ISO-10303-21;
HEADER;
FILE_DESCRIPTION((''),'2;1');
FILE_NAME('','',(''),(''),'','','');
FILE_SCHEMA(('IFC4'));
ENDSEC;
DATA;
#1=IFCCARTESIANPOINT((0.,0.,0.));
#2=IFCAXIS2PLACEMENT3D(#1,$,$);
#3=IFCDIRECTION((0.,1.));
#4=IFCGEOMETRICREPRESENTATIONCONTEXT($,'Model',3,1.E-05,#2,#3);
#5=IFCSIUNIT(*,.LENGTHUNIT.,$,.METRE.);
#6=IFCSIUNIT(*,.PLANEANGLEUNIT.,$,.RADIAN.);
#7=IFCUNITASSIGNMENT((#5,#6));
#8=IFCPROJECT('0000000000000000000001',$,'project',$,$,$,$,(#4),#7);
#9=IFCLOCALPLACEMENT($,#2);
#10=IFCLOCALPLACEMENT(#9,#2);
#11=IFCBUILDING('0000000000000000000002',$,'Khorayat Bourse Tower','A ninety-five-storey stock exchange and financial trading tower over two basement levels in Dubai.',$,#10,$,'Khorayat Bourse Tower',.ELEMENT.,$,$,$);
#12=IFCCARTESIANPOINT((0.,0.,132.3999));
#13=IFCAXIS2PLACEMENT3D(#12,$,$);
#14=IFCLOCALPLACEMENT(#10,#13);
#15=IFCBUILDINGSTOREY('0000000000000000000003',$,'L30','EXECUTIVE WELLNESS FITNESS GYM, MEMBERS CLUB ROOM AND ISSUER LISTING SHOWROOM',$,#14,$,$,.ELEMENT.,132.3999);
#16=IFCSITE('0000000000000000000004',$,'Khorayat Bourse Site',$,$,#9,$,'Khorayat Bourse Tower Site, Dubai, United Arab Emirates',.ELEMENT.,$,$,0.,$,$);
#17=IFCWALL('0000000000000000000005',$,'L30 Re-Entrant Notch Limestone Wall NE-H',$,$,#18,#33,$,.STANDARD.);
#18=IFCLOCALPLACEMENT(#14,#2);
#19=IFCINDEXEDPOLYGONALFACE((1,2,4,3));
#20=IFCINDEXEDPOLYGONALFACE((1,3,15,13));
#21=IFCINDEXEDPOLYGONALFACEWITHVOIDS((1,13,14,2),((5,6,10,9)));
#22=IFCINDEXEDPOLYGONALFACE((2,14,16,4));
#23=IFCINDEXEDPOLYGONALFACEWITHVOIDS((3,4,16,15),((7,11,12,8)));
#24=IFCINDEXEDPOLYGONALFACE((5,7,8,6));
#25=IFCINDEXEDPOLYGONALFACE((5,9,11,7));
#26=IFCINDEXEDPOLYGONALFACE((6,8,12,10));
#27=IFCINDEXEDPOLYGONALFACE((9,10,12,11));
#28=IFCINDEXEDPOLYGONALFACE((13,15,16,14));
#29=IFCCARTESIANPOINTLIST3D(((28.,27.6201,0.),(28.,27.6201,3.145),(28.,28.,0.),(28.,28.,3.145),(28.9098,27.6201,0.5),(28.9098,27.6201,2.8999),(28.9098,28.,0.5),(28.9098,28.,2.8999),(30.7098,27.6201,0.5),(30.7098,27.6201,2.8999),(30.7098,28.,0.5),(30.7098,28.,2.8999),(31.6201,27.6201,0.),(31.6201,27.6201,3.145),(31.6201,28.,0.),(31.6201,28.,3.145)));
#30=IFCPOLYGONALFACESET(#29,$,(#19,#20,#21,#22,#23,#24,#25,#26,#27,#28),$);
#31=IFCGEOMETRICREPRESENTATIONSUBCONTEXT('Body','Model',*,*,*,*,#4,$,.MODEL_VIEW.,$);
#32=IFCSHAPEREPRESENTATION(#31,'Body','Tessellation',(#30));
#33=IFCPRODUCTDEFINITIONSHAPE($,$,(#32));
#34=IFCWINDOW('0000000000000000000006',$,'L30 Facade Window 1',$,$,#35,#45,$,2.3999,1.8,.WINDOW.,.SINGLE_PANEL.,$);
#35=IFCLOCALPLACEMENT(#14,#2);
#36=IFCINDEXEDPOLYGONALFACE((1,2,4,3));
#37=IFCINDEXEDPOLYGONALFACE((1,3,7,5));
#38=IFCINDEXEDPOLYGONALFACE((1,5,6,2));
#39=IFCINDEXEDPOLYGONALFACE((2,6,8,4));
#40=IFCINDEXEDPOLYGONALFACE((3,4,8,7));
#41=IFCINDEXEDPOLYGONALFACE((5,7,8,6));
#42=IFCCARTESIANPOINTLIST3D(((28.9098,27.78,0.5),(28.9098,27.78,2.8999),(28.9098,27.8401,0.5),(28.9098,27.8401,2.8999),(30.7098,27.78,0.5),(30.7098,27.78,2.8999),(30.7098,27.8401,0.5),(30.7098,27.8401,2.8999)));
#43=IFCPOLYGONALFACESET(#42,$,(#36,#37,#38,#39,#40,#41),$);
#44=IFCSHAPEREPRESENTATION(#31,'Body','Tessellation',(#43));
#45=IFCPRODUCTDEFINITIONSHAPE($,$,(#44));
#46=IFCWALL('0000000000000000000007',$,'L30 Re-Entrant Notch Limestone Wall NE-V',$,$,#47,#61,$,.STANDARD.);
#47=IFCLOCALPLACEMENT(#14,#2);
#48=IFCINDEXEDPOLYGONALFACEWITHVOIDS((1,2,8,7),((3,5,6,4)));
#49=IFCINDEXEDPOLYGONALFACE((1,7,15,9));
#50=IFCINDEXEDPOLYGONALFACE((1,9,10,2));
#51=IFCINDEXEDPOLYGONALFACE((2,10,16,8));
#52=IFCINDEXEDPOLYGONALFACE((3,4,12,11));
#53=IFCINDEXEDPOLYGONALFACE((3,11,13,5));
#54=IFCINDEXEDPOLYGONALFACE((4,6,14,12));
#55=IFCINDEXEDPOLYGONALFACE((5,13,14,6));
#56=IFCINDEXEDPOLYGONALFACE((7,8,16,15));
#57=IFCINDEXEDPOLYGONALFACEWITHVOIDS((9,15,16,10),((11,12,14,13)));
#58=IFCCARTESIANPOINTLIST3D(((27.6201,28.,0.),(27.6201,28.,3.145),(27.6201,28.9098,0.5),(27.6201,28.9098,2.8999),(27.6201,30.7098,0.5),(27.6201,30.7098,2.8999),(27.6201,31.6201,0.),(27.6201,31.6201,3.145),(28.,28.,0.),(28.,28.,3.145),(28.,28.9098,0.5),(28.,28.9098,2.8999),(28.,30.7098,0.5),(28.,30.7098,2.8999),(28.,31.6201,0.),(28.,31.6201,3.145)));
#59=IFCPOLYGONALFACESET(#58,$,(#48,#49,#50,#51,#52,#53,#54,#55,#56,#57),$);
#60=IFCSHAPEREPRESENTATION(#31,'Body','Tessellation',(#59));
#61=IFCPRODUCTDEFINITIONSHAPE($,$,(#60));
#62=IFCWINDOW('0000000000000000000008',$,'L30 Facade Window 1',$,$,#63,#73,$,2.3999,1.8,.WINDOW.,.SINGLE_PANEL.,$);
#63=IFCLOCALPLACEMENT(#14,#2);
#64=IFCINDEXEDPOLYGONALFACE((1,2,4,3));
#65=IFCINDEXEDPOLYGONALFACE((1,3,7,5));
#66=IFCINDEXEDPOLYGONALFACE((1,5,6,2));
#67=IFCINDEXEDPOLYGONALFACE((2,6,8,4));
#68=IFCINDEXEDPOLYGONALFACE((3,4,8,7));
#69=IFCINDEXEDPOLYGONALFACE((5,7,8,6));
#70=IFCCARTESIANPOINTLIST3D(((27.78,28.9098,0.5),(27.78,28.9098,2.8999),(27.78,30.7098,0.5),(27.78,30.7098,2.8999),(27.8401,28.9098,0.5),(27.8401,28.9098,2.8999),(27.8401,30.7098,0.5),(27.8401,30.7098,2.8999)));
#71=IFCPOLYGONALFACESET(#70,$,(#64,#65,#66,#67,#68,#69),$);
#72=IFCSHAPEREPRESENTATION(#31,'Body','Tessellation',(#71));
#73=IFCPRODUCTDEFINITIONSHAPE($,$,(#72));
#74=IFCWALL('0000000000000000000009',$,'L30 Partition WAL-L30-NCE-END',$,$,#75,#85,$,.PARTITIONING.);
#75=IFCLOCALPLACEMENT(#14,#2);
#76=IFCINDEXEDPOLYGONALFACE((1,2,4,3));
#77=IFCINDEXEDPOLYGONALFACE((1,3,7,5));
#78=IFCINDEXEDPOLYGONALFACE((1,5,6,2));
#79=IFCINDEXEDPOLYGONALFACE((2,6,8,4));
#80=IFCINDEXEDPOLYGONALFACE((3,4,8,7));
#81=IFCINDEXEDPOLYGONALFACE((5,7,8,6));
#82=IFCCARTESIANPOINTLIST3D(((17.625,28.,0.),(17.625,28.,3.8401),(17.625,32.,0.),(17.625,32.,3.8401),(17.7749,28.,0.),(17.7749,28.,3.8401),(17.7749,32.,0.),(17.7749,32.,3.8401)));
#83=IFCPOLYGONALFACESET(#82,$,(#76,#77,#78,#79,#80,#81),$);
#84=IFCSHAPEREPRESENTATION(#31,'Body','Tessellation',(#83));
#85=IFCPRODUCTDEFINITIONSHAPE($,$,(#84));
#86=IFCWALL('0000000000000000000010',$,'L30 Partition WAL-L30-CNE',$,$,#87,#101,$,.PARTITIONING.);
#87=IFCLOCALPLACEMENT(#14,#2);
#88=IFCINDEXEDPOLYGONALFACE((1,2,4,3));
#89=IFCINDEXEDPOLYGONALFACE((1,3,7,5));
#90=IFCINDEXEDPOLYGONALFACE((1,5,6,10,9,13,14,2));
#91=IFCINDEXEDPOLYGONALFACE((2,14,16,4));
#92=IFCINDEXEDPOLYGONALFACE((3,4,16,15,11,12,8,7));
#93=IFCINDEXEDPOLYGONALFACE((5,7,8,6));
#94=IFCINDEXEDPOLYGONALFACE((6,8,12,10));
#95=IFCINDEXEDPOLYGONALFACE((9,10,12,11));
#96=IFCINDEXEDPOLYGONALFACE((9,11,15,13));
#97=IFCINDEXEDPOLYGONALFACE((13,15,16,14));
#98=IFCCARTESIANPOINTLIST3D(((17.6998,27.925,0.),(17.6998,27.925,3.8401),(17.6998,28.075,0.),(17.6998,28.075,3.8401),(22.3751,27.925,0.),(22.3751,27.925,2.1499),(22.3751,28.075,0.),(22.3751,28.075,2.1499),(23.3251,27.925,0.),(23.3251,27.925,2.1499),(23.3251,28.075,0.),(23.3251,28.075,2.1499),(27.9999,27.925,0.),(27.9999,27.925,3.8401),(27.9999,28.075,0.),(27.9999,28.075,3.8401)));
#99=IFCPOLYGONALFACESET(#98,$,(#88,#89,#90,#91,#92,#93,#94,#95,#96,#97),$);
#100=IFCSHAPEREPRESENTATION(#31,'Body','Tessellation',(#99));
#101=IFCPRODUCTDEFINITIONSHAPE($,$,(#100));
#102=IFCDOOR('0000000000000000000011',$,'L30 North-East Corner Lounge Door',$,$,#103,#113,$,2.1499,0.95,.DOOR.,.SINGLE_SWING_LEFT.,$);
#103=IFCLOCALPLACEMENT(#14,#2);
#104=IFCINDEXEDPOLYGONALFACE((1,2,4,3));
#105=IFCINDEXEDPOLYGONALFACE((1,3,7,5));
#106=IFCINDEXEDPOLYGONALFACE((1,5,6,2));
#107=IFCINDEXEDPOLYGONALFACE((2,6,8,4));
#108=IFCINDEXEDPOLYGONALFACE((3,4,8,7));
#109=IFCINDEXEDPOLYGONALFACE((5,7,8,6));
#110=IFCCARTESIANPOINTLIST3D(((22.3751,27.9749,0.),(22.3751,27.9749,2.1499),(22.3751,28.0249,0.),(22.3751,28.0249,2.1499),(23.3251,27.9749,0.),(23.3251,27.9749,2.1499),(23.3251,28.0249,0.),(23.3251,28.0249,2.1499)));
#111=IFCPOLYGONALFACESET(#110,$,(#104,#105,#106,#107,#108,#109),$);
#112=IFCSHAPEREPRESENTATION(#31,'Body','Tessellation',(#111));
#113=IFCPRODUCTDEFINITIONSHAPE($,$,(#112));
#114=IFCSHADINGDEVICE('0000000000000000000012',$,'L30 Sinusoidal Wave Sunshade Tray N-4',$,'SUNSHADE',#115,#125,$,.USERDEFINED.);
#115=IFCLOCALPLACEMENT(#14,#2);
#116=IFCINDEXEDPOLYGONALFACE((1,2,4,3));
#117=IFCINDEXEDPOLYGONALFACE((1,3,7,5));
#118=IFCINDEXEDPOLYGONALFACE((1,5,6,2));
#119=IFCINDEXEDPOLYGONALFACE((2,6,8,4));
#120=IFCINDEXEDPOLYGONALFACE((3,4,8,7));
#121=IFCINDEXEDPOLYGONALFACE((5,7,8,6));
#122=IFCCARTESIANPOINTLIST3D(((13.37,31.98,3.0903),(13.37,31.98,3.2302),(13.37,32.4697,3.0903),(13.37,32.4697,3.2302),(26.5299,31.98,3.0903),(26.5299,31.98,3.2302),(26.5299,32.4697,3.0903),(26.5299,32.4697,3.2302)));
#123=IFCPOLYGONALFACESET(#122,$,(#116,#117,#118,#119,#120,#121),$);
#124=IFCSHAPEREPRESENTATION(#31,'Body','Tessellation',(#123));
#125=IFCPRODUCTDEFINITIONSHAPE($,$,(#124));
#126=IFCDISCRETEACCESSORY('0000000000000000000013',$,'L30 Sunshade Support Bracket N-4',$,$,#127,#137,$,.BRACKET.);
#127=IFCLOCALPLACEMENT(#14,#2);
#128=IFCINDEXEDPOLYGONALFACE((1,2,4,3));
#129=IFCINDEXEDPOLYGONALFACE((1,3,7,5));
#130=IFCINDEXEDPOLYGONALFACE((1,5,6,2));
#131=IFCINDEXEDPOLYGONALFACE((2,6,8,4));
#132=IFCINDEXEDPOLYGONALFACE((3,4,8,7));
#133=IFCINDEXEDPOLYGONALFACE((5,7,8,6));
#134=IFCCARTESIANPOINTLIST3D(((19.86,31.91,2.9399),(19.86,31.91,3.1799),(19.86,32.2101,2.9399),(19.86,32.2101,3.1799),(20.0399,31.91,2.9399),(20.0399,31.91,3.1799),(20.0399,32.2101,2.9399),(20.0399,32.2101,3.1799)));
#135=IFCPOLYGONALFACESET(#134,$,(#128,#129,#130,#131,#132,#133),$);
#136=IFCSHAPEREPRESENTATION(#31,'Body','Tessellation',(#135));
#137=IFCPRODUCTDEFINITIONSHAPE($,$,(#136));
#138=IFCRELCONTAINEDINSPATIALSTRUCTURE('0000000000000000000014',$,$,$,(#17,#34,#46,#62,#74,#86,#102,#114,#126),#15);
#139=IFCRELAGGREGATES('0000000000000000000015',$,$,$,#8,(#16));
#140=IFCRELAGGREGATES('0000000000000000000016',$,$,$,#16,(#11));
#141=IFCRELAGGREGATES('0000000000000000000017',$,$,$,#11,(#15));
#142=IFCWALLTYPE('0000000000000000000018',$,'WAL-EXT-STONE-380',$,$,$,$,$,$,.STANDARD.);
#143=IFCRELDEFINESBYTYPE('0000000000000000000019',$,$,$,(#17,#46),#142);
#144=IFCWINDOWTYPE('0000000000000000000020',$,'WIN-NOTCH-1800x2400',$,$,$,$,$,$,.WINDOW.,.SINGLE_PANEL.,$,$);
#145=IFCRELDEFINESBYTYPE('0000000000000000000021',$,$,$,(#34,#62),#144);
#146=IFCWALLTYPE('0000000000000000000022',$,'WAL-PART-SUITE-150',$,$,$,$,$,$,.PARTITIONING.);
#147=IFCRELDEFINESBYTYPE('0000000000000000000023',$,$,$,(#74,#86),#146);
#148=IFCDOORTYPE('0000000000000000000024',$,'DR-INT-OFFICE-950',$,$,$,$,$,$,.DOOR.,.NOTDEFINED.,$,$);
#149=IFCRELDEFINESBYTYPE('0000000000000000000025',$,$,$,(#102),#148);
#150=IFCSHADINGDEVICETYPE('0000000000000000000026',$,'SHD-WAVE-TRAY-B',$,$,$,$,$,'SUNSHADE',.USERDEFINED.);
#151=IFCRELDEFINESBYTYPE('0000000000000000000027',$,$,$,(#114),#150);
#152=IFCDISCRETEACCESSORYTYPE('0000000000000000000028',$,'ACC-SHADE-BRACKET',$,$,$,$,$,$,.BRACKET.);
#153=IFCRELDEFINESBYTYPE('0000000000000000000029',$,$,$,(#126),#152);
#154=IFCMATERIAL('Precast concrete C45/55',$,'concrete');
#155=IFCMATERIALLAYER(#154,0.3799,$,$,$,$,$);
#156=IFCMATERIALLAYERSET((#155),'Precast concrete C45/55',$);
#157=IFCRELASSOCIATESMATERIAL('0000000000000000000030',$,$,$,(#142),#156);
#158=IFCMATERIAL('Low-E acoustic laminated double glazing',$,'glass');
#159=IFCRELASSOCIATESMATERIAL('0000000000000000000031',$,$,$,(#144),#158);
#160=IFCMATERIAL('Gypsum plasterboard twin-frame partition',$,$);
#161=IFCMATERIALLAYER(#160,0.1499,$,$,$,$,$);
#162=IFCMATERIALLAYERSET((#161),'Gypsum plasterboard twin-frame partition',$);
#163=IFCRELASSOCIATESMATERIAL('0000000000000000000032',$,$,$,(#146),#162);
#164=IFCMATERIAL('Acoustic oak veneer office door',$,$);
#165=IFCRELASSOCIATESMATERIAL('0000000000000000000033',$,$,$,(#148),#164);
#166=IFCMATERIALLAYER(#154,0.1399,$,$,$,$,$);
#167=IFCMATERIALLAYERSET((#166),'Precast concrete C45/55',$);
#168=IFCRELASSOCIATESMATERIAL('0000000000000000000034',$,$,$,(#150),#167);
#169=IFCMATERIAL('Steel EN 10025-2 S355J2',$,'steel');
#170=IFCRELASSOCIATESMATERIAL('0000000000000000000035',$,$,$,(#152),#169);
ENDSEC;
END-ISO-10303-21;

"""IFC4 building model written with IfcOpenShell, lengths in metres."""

from ifc_helpers import new_model, si_unit, direction, frame, frame_2d, origin, origin_2d, place, context, subcontext, project, spatial, rectangle, extrude, source, transform, mapped, material, layer, layer_set, type_object, element, fill, save


model = new_model("IFC4")

# Units and contexts
model_context = context("Model", 3, precision=1e-05, world=origin(), true_north=direction((0.0, 1.0)))
body_context = subcontext(model_context, "Body", "Model", "MODEL_VIEW")
ifc_project = project(units=[si_unit("LENGTHUNIT", "METRE"), si_unit("PLANEANGLEUNIT", "RADIAN")], contexts=[model_context])

# Site, building, storey
site_placement = place(None, origin())
site = spatial("IfcSite", under=ifc_project, at=site_placement, Name="Khorayat Bourse Site", LongName="Khorayat Bourse Tower Site, Dubai, United Arab Emirates", CompositionType="ELEMENT", RefElevation=0.0)
building_placement = place(site_placement, origin())
building = spatial("IfcBuilding", under=site, at=building_placement, Name="Khorayat Bourse Tower", Description="A ninety-five-storey stock exchange and financial trading tower over two basement levels in Dubai.", LongName="Khorayat Bourse Tower", CompositionType="ELEMENT")
storey_placement = place(building_placement, frame((0.0, 0.0, 132.3999)))
storey = spatial("IfcBuildingStorey", under=building, at=storey_placement, Name="L30", Description="EXECUTIVE WELLNESS FITNESS GYM, MEMBERS CLUB ROOM AND ISSUER LISTING SHOWROOM", CompositionType="ELEMENT", Elevation=132.3999)

# Shared definitions
ifc_material_1 = material(Name="Steel EN 10025-2 S355J2", Category="steel")

# Walls, openings, windows
ifc_material_2 = material(Name="Precast concrete C45/55", Category="concrete")
ifc_layer_1 = layer(ifc_material_2, 0.3799)
ifc_layer_set_1 = layer_set([ifc_layer_1], Name="Precast concrete C45/55")
wall_type_1 = type_object("IfcWallType", Name="WAL-EXT-STONE-380", PredefinedType="STANDARD", material=ifc_layer_set_1)
shared_shape_1 = source(origin(), body_context, "Body", "SweptSolid", [
    extrude(rectangle(XDim=3.6201, YDim=0.3799, at=frame_2d((1.8101, 0.0))), origin(), (0.0, 0.0, 1.0), 3.145),
])
wall_1_placement = place(storey_placement, frame((28.0, 27.8101, 0.0), z_axis=(0.0, 0.0, 1.0), x_axis=(1.0, 0.0, 0.0)))
wall_1 = element("IfcWall", 1, at=wall_1_placement, inside=storey, type_object=wall_type_1, Name="L30 Re-Entrant Notch Limestone Wall NE-H", PredefinedType="STANDARD", context=body_context, shape_type="MappedRepresentation", body=[
    mapped(shared_shape_1, transform((0.0, 0.0, 0.0), scale=1.0)),
])
shared_shape_2 = source(origin(), body_context, "Body", "SweptSolid", [
    extrude(rectangle(XDim=1.8, YDim=2.3999, at=frame_2d((0.8999, 1.2))), frame((0.0, 0.2, 0.0), z_axis=(0.0, -1.0, 0.0), x_axis=(1.0, 0.0, 0.0)), (0.0, 0.0, 1.0), 0.3999),
])
opening_1_placement = place(wall_1_placement, frame((0.9099, 0.0, 0.5)))
opening_1 = element("IfcOpeningElement", 2, at=opening_1_placement, cuts=wall_1, PredefinedType="OPENING", context=body_context, shape_type="MappedRepresentation", body=[
    mapped(shared_shape_2, transform((0.0, 0.0, 0.0), scale=1.0)),
])
ifc_material_3 = material(Name="Low-E acoustic laminated double glazing", Category="glass")
window_type = type_object("IfcWindowType", Name="WIN-NOTCH-1800x2400", PartitioningType="SINGLE_PANEL", PredefinedType="WINDOW", material=ifc_material_3)
shared_shape_3 = source(origin(), body_context, "Body", "SweptSolid", [
    extrude(rectangle(XDim=1.8, YDim=2.3999, at=frame_2d((0.8999, 1.2))), frame((0.0, 0.03, 0.0), z_axis=(0.0, -1.0, 0.0), x_axis=(1.0, 0.0, 0.0)), (0.0, 0.0, 1.0), 0.0601),
])
window_1_placement = place(opening_1_placement, origin())
window_1 = element("IfcWindow", 3, at=window_1_placement, inside=storey, type_object=window_type, Name="L30 Facade Window 1", OverallHeight=2.3999, OverallWidth=1.8, PartitioningType="SINGLE_PANEL", PredefinedType="WINDOW", context=body_context, shape_type="MappedRepresentation", body=[
    mapped(shared_shape_3, transform((0.0, 0.0, 0.0), scale=1.0)),
])
fill(opening_1, window_1)
wall_2_placement = place(storey_placement, frame((27.8101, 28.0, 0.0), z_axis=(0.0, 0.0, 1.0), x_axis=(0.0, 1.0, 0.0)))
wall_2 = element("IfcWall", 4, at=wall_2_placement, inside=storey, type_object=wall_type_1, Name="L30 Re-Entrant Notch Limestone Wall NE-V", PredefinedType="STANDARD", context=body_context, shape_type="MappedRepresentation", body=[
    mapped(shared_shape_1, transform((0.0, 0.0, 0.0), scale=1.0)),
])
opening_2_placement = place(wall_2_placement, frame((0.9099, 0.0, 0.5)))
opening_2 = element("IfcOpeningElement", 5, at=opening_2_placement, cuts=wall_2, PredefinedType="OPENING", context=body_context, shape_type="MappedRepresentation", body=[
    mapped(shared_shape_2, transform((0.0, 0.0, 0.0), scale=1.0)),
])
window_2_placement = place(opening_2_placement, origin())
window_2 = element("IfcWindow", 6, at=window_2_placement, inside=storey, type_object=window_type, Name="L30 Facade Window 1", OverallHeight=2.3999, OverallWidth=1.8, PartitioningType="SINGLE_PANEL", PredefinedType="WINDOW", context=body_context, shape_type="MappedRepresentation", body=[
    mapped(shared_shape_3, transform((0.0, 0.0, 0.0), scale=1.0)),
])
fill(opening_2, window_2)

# Wall
ifc_material_4 = material(Name="Gypsum plasterboard twin-frame partition")
ifc_layer_2 = layer(ifc_material_4, 0.1499)
ifc_layer_set_2 = layer_set([ifc_layer_2], Name="Gypsum plasterboard twin-frame partition")
wall_type_2 = type_object("IfcWallType", Name="WAL-PART-SUITE-150", PredefinedType="PARTITIONING", material=ifc_layer_set_2)
shared_shape_4 = source(origin(), body_context, "Body", "SweptSolid", [
    extrude(rectangle(XDim=4.0, YDim=0.1499, at=frame_2d((2.0, 0.0))), origin(), (0.0, 0.0, 1.0), 3.8401),
])
wall_3_placement = place(storey_placement, frame((17.7, 28.0, 0.0), z_axis=(0.0, 0.0, 1.0), x_axis=(0.0, 1.0, 0.0)))
element("IfcWall", 7, at=wall_3_placement, inside=storey, type_object=wall_type_2, Name="L30 Partition WAL-L30-NCE-END", PredefinedType="PARTITIONING", context=body_context, shape_type="MappedRepresentation", body=[
    mapped(shared_shape_4, transform((0.0, 0.0, 0.0), scale=1.0)),
])

# Wall, opening, door
shared_shape_5 = source(origin(), body_context, "Body", "SweptSolid", [
    extrude(rectangle(XDim=10.3, YDim=0.1499, at=frame_2d((5.1499, 0.0))), origin(), (0.0, 0.0, 1.0), 3.8401),
])
wall_4_placement = place(storey_placement, frame((17.7, 28.0, 0.0), z_axis=(0.0, 0.0, 1.0), x_axis=(1.0, 0.0, 0.0)))
wall_4 = element("IfcWall", 8, at=wall_4_placement, inside=storey, type_object=wall_type_2, Name="L30 Partition WAL-L30-CNE", PredefinedType="PARTITIONING", context=body_context, shape_type="MappedRepresentation", body=[
    mapped(shared_shape_5, transform((0.0, 0.0, 0.0), scale=1.0)),
])
shared_shape_6 = source(origin(), body_context, "Body", "SweptSolid", [
    extrude(rectangle(XDim=0.95, YDim=2.1499, at=frame_2d((0.4751, 1.075))), frame((0.0, 0.085, 0.0), z_axis=(0.0, -1.0, 0.0), x_axis=(1.0, 0.0, 0.0)), (0.0, 0.0, 1.0), 0.1699),
])
opening_3_placement = place(wall_4_placement, frame((4.675, 0.0, 0.0)))
opening_3 = element("IfcOpeningElement", 9, at=opening_3_placement, cuts=wall_4, PredefinedType="OPENING", context=body_context, shape_type="MappedRepresentation", body=[
    mapped(shared_shape_6, transform((0.0, 0.0, 0.0), scale=1.0)),
])
ifc_material_5 = material(Name="Acoustic oak veneer office door")
door_type = type_object("IfcDoorType", Name="DR-INT-OFFICE-950", OperationType="NOTDEFINED", PredefinedType="DOOR", material=ifc_material_5)
shared_shape_7 = source(origin(), body_context, "Body", "SweptSolid", [
    extrude(rectangle(XDim=0.95, YDim=2.1499, at=frame_2d((0.4751, 1.075))), frame((0.0, 0.0249, 0.0), z_axis=(0.0, -1.0, 0.0), x_axis=(1.0, 0.0, 0.0)), (0.0, 0.0, 1.0), 0.05),
])
door_placement = place(opening_3_placement, origin())
door = element("IfcDoor", 10, at=door_placement, inside=storey, type_object=door_type, Name="L30 North-East Corner Lounge Door", OperationType="SINGLE_SWING_LEFT", OverallHeight=2.1499, OverallWidth=0.95, PredefinedType="DOOR", context=body_context, shape_type="MappedRepresentation", body=[
    mapped(shared_shape_7, transform((0.0, 0.0, 0.0), scale=1.0)),
])
fill(opening_3, door)

# Shading device
ifc_layer_3 = layer(ifc_material_2, 0.1399)
ifc_layer_set_3 = layer_set([ifc_layer_3], Name="Precast concrete C45/55")
shading_device_type = type_object("IfcShadingDeviceType", Name="SHD-WAVE-TRAY-B", ElementType="SUNSHADE", PredefinedType="USERDEFINED", material=ifc_layer_set_3)
shared_shape_8 = source(origin(), body_context, "Body", "SweptSolid", [
    extrude(rectangle(XDim=13.1599, YDim=0.4897, at=origin_2d()), origin(), (0.0, 0.0, 1.0), 0.1399),
])
shading_device_placement = place(storey_placement, frame((19.95, 32.2249, 3.0903), z_axis=(0.0, 0.0, 1.0), x_axis=(1.0, 0.0, 0.0)))
element("IfcShadingDevice", 11, at=shading_device_placement, inside=storey, type_object=shading_device_type, Name="L30 Sinusoidal Wave Sunshade Tray N-4", ObjectType="SUNSHADE", PredefinedType="USERDEFINED", context=body_context, shape_type="MappedRepresentation", body=[
    mapped(shared_shape_8, transform((0.0, 0.0, 0.0), scale=1.0)),
])

# Discrete accessory
discrete_accessory_type = type_object("IfcDiscreteAccessoryType", Name="ACC-SHADE-BRACKET", PredefinedType="BRACKET", material=ifc_material_1)
shared_shape_9 = source(origin(), body_context, "Body", "SweptSolid", [
    extrude(rectangle(XDim=0.1799, YDim=0.3, at=origin_2d()), origin(), (0.0, 0.0, 1.0), 0.24),
])
discrete_accessory_placement = place(storey_placement, frame((19.95, 32.0601, 2.9399), z_axis=(0.0, 0.0, 1.0), x_axis=(1.0, 0.0, 0.0)))
element("IfcDiscreteAccessory", 12, at=discrete_accessory_placement, inside=storey, type_object=discrete_accessory_type, Name="L30 Sunshade Support Bracket N-4", PredefinedType="BRACKET", context=body_context, shape_type="MappedRepresentation", body=[
    mapped(shared_shape_9, transform((0.0, 0.0, 0.0), scale=1.0)),
])

save(model, "model.ifc")
